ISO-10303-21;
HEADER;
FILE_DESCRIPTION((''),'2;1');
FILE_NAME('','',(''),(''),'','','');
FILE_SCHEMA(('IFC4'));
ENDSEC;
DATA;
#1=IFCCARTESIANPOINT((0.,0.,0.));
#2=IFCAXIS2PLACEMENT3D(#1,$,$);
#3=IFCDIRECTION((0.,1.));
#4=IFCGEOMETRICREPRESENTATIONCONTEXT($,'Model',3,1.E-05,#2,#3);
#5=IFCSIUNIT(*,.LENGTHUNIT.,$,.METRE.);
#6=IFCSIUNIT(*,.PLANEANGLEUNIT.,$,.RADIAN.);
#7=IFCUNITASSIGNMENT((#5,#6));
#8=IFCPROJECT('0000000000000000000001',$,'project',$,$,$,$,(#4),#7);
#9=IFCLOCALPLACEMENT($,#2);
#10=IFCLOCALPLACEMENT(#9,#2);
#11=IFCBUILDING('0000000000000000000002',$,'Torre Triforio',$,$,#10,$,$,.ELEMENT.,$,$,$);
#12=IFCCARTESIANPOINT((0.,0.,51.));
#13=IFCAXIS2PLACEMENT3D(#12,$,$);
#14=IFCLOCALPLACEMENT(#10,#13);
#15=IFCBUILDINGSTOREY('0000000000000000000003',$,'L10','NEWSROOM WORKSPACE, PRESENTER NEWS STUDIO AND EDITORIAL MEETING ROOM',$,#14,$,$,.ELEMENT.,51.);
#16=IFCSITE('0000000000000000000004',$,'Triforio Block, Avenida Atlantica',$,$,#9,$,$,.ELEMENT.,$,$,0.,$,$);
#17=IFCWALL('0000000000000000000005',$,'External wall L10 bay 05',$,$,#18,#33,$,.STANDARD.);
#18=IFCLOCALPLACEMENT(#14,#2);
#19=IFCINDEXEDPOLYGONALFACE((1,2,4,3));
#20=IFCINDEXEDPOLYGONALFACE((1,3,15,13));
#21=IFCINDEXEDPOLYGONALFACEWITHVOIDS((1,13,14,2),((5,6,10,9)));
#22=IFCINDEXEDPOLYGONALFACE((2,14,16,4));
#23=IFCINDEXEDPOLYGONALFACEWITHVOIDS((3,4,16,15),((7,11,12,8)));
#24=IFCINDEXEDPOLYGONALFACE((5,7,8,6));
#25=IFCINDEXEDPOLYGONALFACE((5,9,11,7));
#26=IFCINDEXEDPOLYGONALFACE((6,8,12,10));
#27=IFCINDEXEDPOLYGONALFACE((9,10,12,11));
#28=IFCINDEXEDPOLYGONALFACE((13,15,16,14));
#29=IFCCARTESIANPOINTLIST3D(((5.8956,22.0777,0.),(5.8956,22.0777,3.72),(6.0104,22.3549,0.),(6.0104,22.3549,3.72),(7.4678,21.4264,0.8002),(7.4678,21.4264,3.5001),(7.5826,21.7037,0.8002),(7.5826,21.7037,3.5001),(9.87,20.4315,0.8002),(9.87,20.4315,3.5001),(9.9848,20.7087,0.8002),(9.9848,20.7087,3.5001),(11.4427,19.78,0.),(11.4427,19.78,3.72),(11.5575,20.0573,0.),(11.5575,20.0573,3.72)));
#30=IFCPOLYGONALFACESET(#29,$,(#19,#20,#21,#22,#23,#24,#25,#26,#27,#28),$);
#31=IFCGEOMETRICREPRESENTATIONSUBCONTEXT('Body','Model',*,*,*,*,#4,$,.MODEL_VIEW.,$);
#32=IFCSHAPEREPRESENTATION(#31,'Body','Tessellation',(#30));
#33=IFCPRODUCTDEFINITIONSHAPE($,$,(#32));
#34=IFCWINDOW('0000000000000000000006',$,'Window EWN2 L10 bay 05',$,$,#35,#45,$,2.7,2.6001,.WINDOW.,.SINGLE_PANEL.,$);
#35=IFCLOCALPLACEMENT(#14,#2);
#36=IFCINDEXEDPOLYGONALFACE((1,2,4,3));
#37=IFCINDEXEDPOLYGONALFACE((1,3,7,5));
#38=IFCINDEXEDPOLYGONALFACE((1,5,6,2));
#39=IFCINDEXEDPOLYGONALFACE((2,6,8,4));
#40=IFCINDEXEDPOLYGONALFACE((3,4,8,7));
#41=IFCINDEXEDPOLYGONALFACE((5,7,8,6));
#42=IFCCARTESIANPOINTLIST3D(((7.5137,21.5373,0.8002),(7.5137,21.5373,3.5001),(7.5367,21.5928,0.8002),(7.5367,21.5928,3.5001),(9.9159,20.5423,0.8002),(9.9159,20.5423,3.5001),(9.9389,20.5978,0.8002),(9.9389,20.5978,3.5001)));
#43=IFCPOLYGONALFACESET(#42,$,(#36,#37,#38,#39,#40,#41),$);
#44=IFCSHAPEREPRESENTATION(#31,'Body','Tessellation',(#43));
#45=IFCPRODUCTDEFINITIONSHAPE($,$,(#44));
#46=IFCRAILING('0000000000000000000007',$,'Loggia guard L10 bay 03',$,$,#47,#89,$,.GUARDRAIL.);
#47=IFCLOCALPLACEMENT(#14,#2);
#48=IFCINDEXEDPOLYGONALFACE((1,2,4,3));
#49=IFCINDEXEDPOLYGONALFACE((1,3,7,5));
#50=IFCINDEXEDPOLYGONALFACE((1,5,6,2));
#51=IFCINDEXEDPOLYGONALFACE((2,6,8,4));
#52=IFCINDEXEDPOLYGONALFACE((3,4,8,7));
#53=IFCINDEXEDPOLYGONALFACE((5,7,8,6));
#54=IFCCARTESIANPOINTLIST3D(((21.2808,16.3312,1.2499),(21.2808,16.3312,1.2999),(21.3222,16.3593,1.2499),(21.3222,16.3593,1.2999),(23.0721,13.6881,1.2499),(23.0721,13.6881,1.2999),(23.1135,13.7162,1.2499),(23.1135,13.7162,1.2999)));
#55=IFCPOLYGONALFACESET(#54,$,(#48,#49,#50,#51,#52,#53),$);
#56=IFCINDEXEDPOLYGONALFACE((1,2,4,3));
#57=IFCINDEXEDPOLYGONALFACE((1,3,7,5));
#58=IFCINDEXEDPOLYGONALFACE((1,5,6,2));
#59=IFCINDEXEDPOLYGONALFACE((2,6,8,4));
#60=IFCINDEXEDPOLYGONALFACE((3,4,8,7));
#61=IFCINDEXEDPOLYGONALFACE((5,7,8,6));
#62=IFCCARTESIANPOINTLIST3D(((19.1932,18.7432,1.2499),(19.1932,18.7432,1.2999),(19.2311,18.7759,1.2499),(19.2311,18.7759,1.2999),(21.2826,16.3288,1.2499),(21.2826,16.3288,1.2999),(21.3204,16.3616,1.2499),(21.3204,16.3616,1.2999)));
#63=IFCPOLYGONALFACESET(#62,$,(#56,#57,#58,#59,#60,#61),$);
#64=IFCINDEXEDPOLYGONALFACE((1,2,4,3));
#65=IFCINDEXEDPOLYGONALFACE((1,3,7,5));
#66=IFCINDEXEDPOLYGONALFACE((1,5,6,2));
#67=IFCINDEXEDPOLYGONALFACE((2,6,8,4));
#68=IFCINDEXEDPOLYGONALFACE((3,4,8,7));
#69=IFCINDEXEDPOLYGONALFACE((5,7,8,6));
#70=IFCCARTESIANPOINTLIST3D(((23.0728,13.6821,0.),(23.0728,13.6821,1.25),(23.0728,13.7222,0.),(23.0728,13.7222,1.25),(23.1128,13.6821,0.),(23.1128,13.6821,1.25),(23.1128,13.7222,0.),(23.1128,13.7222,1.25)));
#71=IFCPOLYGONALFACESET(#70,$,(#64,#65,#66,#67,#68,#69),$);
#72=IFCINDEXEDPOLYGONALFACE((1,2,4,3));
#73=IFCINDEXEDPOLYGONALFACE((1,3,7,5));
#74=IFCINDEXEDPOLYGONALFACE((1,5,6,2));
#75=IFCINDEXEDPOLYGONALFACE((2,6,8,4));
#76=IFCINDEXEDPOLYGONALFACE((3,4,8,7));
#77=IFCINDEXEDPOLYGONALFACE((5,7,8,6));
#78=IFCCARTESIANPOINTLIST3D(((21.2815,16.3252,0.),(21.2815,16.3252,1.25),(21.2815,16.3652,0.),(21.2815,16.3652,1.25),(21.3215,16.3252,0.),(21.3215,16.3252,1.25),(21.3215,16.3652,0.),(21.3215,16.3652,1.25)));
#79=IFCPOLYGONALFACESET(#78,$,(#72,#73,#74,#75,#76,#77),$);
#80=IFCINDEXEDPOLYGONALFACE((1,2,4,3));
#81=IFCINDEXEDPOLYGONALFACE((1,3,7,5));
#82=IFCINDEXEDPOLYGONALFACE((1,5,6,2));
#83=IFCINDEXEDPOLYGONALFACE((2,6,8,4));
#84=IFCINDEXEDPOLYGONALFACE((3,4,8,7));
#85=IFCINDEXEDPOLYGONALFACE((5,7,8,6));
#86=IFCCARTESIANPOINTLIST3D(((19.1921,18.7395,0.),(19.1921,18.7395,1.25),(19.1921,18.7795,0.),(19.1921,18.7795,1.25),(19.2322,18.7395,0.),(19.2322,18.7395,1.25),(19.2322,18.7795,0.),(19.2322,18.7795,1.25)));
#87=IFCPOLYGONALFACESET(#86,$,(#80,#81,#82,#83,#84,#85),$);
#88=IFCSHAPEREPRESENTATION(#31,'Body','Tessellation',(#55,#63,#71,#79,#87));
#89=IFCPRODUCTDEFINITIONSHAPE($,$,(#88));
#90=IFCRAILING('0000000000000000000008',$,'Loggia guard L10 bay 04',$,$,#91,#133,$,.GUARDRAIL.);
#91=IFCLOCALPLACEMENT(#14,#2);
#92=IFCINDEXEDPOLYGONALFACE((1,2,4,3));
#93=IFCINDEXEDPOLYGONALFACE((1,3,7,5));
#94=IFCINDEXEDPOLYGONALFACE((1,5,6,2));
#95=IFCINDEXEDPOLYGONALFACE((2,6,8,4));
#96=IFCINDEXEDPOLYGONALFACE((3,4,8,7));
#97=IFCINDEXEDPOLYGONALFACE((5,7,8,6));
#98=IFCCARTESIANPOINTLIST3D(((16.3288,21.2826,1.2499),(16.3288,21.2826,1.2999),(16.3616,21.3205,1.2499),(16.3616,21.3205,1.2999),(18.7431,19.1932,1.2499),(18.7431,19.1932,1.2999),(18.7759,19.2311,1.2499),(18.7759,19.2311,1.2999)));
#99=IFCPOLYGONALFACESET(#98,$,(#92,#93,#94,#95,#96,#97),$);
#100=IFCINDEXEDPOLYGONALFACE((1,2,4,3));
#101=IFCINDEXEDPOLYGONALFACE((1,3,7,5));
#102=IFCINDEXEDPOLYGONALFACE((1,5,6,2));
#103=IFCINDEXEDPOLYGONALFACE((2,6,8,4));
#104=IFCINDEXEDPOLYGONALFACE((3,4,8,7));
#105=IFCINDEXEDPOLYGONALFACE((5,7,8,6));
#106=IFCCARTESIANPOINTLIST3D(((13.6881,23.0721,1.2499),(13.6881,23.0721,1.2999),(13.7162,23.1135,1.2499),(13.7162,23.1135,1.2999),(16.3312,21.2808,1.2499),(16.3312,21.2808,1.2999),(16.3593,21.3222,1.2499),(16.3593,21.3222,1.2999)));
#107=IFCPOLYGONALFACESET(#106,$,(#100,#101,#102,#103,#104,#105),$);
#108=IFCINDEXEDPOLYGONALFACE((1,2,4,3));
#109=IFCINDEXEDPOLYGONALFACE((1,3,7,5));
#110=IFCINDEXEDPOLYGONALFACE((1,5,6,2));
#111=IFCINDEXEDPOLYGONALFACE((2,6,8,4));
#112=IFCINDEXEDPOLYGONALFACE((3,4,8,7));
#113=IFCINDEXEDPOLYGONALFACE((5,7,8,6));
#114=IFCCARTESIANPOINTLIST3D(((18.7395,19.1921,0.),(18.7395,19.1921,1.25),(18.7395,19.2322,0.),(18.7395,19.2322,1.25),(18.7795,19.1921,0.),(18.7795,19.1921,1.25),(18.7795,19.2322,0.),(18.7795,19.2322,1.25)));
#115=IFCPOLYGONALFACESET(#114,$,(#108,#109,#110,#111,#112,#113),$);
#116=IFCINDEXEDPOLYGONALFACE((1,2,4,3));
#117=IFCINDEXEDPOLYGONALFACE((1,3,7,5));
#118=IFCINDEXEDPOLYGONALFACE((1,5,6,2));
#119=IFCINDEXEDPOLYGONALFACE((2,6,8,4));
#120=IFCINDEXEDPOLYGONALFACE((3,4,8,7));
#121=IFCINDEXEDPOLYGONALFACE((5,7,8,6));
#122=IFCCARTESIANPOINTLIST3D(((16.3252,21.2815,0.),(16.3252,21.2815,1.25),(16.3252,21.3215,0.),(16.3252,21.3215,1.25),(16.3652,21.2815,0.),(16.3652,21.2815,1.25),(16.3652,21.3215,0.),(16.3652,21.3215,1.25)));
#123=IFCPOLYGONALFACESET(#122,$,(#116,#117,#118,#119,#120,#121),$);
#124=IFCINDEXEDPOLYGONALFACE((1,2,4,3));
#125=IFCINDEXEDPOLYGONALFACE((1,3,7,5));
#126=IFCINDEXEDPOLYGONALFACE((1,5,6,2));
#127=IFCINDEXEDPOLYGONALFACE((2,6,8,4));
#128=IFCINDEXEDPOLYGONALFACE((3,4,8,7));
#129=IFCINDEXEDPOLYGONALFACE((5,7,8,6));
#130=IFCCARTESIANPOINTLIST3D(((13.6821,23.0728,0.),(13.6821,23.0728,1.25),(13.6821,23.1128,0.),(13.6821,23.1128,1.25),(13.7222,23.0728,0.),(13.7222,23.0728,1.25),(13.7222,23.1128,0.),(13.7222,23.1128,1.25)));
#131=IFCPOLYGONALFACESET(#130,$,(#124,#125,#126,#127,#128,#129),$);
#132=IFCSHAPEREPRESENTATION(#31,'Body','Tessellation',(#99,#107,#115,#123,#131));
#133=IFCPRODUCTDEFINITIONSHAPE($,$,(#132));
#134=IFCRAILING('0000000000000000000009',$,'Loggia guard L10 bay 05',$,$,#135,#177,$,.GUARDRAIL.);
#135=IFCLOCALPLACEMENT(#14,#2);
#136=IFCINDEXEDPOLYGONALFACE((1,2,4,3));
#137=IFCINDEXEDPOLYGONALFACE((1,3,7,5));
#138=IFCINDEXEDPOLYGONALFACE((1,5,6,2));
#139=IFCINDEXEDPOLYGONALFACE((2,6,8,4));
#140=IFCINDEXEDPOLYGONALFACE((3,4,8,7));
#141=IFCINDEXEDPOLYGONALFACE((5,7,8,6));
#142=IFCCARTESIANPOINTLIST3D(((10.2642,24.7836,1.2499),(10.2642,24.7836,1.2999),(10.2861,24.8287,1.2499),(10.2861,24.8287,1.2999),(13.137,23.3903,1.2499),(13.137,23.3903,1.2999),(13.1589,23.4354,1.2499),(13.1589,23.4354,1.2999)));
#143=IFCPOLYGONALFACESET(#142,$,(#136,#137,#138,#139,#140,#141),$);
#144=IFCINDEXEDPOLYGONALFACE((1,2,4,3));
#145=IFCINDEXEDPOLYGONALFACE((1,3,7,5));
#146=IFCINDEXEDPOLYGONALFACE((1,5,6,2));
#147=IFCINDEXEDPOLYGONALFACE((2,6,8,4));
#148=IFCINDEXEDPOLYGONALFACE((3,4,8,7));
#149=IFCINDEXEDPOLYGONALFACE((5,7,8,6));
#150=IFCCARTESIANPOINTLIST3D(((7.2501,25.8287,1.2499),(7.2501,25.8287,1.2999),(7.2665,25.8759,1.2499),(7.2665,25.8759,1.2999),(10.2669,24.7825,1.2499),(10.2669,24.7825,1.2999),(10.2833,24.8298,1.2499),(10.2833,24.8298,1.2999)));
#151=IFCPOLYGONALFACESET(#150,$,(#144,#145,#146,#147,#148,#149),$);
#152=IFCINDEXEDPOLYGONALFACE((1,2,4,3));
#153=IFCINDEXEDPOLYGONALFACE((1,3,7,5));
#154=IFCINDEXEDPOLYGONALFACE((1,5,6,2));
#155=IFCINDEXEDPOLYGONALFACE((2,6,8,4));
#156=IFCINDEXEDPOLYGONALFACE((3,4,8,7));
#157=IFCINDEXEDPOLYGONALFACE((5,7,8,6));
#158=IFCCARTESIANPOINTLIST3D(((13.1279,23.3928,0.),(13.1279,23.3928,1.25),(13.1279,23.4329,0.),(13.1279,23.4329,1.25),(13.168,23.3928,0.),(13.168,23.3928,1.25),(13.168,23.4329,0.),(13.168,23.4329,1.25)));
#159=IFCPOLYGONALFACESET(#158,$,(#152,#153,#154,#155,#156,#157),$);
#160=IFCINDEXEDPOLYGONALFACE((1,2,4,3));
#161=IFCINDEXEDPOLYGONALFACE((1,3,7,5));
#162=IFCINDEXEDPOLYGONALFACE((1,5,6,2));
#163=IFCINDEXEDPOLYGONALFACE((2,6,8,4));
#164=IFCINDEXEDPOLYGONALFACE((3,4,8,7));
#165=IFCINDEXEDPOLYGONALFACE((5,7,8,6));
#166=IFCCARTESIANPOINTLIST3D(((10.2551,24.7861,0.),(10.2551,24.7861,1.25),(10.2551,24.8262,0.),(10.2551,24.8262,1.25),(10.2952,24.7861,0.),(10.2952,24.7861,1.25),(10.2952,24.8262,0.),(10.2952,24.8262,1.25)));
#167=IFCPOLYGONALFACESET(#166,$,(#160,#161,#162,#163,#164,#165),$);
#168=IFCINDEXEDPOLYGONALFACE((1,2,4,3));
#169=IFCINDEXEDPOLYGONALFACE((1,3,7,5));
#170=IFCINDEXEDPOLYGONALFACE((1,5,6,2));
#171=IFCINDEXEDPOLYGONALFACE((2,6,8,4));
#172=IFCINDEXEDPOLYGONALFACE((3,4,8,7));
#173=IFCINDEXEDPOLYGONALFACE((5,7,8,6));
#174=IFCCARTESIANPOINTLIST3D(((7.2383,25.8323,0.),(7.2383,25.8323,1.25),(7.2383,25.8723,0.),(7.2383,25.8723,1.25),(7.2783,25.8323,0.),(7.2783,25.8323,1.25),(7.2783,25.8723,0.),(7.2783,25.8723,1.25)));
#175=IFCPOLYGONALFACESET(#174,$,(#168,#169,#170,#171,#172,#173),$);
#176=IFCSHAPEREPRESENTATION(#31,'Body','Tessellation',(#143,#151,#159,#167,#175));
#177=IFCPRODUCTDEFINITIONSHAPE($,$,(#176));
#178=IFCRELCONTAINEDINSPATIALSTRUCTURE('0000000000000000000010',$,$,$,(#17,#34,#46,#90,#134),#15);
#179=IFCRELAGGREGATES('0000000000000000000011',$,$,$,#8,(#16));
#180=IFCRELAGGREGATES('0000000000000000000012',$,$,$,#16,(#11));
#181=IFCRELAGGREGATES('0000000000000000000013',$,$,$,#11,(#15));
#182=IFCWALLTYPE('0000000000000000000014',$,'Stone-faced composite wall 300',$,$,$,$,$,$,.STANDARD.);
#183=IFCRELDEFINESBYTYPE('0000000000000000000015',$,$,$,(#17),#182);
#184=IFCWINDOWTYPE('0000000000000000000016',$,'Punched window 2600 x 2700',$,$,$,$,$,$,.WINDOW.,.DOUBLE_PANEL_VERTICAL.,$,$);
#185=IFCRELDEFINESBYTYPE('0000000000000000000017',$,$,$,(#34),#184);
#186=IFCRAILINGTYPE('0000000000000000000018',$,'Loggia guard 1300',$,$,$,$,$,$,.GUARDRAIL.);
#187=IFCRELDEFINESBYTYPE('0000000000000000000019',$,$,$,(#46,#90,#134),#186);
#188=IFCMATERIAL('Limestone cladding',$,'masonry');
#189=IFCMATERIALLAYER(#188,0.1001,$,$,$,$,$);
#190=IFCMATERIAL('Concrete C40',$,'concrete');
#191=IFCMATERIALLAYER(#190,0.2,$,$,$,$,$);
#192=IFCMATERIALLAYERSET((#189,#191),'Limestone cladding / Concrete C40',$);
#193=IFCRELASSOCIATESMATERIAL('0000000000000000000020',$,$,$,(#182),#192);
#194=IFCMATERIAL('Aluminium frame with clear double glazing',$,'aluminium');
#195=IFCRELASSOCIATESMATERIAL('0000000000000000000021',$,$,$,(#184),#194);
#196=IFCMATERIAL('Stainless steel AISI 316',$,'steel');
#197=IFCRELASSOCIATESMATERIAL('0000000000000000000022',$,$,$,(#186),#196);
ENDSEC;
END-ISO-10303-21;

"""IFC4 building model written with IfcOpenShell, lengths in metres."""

from ifc_helpers import new_model, si_unit, direction, frame, frame_2d, origin, origin_2d, place, context, subcontext, project, spatial, rectangle, extrude, material, layer, layer_set, type_object, element, fill, save


model = new_model("IFC4")

# Units and contexts
model_context = context("Model", 3, precision=1e-05, world=origin(), true_north=direction((0.0, 1.0)))
body_context = subcontext(model_context, "Body", "Model", "MODEL_VIEW")
ifc_project = project(units=[si_unit("LENGTHUNIT", "METRE"), si_unit("PLANEANGLEUNIT", "RADIAN")], contexts=[model_context])

# Site, building, storey
site_placement = place(None, origin())
site = spatial("IfcSite", under=ifc_project, at=site_placement, Name="Triforio Block, Avenida Atlantica", CompositionType="ELEMENT", RefElevation=0.0)
building_placement = place(site_placement, origin())
building = spatial("IfcBuilding", under=site, at=building_placement, Name="Torre Triforio", CompositionType="ELEMENT")
storey_placement = place(building_placement, frame((0.0, 0.0, 51.0)))
storey = spatial("IfcBuildingStorey", under=building, at=storey_placement, Name="L10", Description="NEWSROOM WORKSPACE, PRESENTER NEWS STUDIO AND EDITORIAL MEETING ROOM", CompositionType="ELEMENT", Elevation=51.0)

# Shared definitions
ifc_material_1 = material(Name="Limestone cladding", Category="masonry")
ifc_material_2 = material(Name="Concrete C40", Category="concrete")

# Shared definitions
ifc_layer_1 = layer(ifc_material_1, 0.1001)
ifc_layer_2 = layer(ifc_material_2, 0.2)
ifc_layer_set_1 = layer_set([ifc_layer_1, ifc_layer_2], Name="Limestone cladding / Concrete C40")
wall_type_1 = type_object("IfcWallType", Name="Stone-faced composite wall 300", PredefinedType="STANDARD", material=ifc_layer_set_1)
ifc_material_3 = material(Name="Aluminium frame with clear double glazing", Category="aluminium")
window_type_1 = type_object("IfcWindowType", Name="Punched window 2600 x 2700", PartitioningType="DOUBLE_PANEL_VERTICAL", PredefinedType="WINDOW", material=ifc_material_3)

# Wall, opening, window
wall_1_placement = place(storey_placement, frame((11.5, 19.9187, 0.0), z_axis=(0.0, 0.0, 1.0), x_axis=(-0.923885, 0.382671, 0.0)))
wall_1 = element("IfcWall", 1, at=wall_1_placement, inside=storey, type_object=wall_type_1, Name="External wall L10 bay 05", PredefinedType="STANDARD", context=body_context, shape_type="SweptSolid", body=[
    extrude(rectangle(XDim=6.0042, YDim=0.3, at=frame_2d((3.002, 0.0))), origin(), (0.0, 0.0, 1.0), 3.72),
])
opening_1_placement = place(wall_1_placement, frame((1.7021, 0.0, 0.8)))
opening_1 = element("IfcOpeningElement", 2, at=opening_1_placement, cuts=wall_1, PredefinedType="OPENING", context=body_context, shape_type="SweptSolid", body=[
    extrude(rectangle(XDim=2.6001, YDim=2.7, at=frame_2d((1.3, 1.3501))), frame((0.0, 0.1599, 0.0), z_axis=(0.0, -1.0, 0.0), x_axis=(1.0, 0.0, 0.0)), (0.0, 0.0, 1.0), 0.3201),
])
window_1_placement = place(opening_1_placement, origin())
window_1 = element("IfcWindow", 3, at=window_1_placement, inside=storey, type_object=window_type_1, Name="Window EWN2 L10 bay 05", OverallHeight=2.7, OverallWidth=2.6001, PartitioningType="SINGLE_PANEL", PredefinedType="WINDOW", context=body_context, shape_type="SweptSolid", body=[
    extrude(rectangle(XDim=2.6001, YDim=2.7, at=frame_2d((1.3, 1.3501))), frame((0.0, 0.03, 0.0), z_axis=(0.0, -1.0, 0.0), x_axis=(1.0, 0.0, 0.0)), (0.0, 0.0, 1.0), 0.0601),
])
fill(opening_1, window_1)

# Railings
ifc_material_4 = material(Name="Stainless steel AISI 316", Category="steel")
railing_type = type_object("IfcRailingType", Name="Loggia guard 1300", PredefinedType="GUARDRAIL", material=ifc_material_4)
railing_1_placement = place(storey_placement, frame((23.0928, 13.7021, 0.0)))
element("IfcRailing", 4, at=railing_1_placement, inside=storey, type_object=railing_type, Name="Loggia guard L10 bay 03", PredefinedType="GUARDRAIL", context=body_context, shape_type="SweptSolid", body=[
    extrude(rectangle(XDim=0.05, YDim=0.05, at=origin_2d()), frame((0.0, 0.0, 1.2749), z_axis=(-0.561019, 0.827803, 0.0), x_axis=(-0.827803, -0.561019, 0.0)), (0.0, 0.0, 1.0), 3.1929),
    extrude(rectangle(XDim=0.05, YDim=0.05, at=origin_2d()), frame((-1.7913, 2.6431, 1.2749), z_axis=(-0.654386, 0.756161, 0.0), x_axis=(-0.756161, -0.654386, 0.0)), (0.0, 0.0, 1.0), 3.1929),
    extrude(rectangle(XDim=0.04, YDim=0.04, at=origin_2d()), origin(), (0.0, 0.0, 1.0), 1.25),
    extrude(rectangle(XDim=0.04, YDim=0.04, at=origin_2d()), frame((-1.7913, 2.6431, 0.0)), (0.0, 0.0, 1.0), 1.25),
    extrude(rectangle(XDim=0.04, YDim=0.04, at=origin_2d()), frame((-3.8806, 5.0574, 0.0)), (0.0, 0.0, 1.0), 1.25),
])
railing_2_placement = place(storey_placement, frame((18.7595, 19.2122, 0.0)))
element("IfcRailing", 5, at=railing_2_placement, inside=storey, type_object=railing_type, Name="Loggia guard L10 bay 04", PredefinedType="GUARDRAIL", context=body_context, shape_type="SweptSolid", body=[
    extrude(rectangle(XDim=0.05, YDim=0.05, at=origin_2d()), frame((0.0, 0.0, 1.2749), z_axis=(-0.756161, 0.654386, 0.0), x_axis=(-0.654386, -0.756161, 0.0)), (0.0, 0.0, 1.0), 3.1929),
    extrude(rectangle(XDim=0.05, YDim=0.05, at=origin_2d()), frame((-2.4143, 2.0894, 1.2749), z_axis=(-0.827803, 0.561019, 0.0), x_axis=(-0.561019, -0.827803, 0.0)), (0.0, 0.0, 1.0), 3.1929),
    extrude(rectangle(XDim=0.04, YDim=0.04, at=origin_2d()), origin(), (0.0, 0.0, 1.0), 1.25),
    extrude(rectangle(XDim=0.04, YDim=0.04, at=origin_2d()), frame((-2.4143, 2.0894, 0.0)), (0.0, 0.0, 1.0), 1.25),
    extrude(rectangle(XDim=0.04, YDim=0.04, at=origin_2d()), frame((-5.0574, 3.8806, 0.0)), (0.0, 0.0, 1.0), 1.25),
])
railing_3_placement = place(storey_placement, frame((13.1479, 23.4128, 0.0)))
element("IfcRailing", 6, at=railing_3_placement, inside=storey, type_object=railing_type, Name="Loggia guard L10 bay 05", PredefinedType="GUARDRAIL", context=body_context, shape_type="SweptSolid", body=[
    extrude(rectangle(XDim=0.05, YDim=0.05, at=origin_2d()), frame((0.0, 0.0, 1.2749), z_axis=(-0.89976, 0.436384, 0.0), x_axis=(-0.436384, -0.89976, 0.0)), (0.0, 0.0, 1.0), 3.1929),
    extrude(rectangle(XDim=0.05, YDim=0.05, at=origin_2d()), frame((-2.8728, 1.3933, 1.2749), z_axis=(-0.944807, 0.327628, 0.0), x_axis=(-0.327628, -0.944807, 0.0)), (0.0, 0.0, 1.0), 3.1931),
    extrude(rectangle(XDim=0.04, YDim=0.04, at=origin_2d()), origin(), (0.0, 0.0, 1.0), 1.25),
    extrude(rectangle(XDim=0.04, YDim=0.04, at=origin_2d()), frame((-2.8728, 1.3933, 0.0)), (0.0, 0.0, 1.0), 1.25),
    extrude(rectangle(XDim=0.04, YDim=0.04, at=origin_2d()), frame((-5.8896, 2.4395, 0.0)), (0.0, 0.0, 1.0), 1.25),
])

save(model, "model.ifc")
